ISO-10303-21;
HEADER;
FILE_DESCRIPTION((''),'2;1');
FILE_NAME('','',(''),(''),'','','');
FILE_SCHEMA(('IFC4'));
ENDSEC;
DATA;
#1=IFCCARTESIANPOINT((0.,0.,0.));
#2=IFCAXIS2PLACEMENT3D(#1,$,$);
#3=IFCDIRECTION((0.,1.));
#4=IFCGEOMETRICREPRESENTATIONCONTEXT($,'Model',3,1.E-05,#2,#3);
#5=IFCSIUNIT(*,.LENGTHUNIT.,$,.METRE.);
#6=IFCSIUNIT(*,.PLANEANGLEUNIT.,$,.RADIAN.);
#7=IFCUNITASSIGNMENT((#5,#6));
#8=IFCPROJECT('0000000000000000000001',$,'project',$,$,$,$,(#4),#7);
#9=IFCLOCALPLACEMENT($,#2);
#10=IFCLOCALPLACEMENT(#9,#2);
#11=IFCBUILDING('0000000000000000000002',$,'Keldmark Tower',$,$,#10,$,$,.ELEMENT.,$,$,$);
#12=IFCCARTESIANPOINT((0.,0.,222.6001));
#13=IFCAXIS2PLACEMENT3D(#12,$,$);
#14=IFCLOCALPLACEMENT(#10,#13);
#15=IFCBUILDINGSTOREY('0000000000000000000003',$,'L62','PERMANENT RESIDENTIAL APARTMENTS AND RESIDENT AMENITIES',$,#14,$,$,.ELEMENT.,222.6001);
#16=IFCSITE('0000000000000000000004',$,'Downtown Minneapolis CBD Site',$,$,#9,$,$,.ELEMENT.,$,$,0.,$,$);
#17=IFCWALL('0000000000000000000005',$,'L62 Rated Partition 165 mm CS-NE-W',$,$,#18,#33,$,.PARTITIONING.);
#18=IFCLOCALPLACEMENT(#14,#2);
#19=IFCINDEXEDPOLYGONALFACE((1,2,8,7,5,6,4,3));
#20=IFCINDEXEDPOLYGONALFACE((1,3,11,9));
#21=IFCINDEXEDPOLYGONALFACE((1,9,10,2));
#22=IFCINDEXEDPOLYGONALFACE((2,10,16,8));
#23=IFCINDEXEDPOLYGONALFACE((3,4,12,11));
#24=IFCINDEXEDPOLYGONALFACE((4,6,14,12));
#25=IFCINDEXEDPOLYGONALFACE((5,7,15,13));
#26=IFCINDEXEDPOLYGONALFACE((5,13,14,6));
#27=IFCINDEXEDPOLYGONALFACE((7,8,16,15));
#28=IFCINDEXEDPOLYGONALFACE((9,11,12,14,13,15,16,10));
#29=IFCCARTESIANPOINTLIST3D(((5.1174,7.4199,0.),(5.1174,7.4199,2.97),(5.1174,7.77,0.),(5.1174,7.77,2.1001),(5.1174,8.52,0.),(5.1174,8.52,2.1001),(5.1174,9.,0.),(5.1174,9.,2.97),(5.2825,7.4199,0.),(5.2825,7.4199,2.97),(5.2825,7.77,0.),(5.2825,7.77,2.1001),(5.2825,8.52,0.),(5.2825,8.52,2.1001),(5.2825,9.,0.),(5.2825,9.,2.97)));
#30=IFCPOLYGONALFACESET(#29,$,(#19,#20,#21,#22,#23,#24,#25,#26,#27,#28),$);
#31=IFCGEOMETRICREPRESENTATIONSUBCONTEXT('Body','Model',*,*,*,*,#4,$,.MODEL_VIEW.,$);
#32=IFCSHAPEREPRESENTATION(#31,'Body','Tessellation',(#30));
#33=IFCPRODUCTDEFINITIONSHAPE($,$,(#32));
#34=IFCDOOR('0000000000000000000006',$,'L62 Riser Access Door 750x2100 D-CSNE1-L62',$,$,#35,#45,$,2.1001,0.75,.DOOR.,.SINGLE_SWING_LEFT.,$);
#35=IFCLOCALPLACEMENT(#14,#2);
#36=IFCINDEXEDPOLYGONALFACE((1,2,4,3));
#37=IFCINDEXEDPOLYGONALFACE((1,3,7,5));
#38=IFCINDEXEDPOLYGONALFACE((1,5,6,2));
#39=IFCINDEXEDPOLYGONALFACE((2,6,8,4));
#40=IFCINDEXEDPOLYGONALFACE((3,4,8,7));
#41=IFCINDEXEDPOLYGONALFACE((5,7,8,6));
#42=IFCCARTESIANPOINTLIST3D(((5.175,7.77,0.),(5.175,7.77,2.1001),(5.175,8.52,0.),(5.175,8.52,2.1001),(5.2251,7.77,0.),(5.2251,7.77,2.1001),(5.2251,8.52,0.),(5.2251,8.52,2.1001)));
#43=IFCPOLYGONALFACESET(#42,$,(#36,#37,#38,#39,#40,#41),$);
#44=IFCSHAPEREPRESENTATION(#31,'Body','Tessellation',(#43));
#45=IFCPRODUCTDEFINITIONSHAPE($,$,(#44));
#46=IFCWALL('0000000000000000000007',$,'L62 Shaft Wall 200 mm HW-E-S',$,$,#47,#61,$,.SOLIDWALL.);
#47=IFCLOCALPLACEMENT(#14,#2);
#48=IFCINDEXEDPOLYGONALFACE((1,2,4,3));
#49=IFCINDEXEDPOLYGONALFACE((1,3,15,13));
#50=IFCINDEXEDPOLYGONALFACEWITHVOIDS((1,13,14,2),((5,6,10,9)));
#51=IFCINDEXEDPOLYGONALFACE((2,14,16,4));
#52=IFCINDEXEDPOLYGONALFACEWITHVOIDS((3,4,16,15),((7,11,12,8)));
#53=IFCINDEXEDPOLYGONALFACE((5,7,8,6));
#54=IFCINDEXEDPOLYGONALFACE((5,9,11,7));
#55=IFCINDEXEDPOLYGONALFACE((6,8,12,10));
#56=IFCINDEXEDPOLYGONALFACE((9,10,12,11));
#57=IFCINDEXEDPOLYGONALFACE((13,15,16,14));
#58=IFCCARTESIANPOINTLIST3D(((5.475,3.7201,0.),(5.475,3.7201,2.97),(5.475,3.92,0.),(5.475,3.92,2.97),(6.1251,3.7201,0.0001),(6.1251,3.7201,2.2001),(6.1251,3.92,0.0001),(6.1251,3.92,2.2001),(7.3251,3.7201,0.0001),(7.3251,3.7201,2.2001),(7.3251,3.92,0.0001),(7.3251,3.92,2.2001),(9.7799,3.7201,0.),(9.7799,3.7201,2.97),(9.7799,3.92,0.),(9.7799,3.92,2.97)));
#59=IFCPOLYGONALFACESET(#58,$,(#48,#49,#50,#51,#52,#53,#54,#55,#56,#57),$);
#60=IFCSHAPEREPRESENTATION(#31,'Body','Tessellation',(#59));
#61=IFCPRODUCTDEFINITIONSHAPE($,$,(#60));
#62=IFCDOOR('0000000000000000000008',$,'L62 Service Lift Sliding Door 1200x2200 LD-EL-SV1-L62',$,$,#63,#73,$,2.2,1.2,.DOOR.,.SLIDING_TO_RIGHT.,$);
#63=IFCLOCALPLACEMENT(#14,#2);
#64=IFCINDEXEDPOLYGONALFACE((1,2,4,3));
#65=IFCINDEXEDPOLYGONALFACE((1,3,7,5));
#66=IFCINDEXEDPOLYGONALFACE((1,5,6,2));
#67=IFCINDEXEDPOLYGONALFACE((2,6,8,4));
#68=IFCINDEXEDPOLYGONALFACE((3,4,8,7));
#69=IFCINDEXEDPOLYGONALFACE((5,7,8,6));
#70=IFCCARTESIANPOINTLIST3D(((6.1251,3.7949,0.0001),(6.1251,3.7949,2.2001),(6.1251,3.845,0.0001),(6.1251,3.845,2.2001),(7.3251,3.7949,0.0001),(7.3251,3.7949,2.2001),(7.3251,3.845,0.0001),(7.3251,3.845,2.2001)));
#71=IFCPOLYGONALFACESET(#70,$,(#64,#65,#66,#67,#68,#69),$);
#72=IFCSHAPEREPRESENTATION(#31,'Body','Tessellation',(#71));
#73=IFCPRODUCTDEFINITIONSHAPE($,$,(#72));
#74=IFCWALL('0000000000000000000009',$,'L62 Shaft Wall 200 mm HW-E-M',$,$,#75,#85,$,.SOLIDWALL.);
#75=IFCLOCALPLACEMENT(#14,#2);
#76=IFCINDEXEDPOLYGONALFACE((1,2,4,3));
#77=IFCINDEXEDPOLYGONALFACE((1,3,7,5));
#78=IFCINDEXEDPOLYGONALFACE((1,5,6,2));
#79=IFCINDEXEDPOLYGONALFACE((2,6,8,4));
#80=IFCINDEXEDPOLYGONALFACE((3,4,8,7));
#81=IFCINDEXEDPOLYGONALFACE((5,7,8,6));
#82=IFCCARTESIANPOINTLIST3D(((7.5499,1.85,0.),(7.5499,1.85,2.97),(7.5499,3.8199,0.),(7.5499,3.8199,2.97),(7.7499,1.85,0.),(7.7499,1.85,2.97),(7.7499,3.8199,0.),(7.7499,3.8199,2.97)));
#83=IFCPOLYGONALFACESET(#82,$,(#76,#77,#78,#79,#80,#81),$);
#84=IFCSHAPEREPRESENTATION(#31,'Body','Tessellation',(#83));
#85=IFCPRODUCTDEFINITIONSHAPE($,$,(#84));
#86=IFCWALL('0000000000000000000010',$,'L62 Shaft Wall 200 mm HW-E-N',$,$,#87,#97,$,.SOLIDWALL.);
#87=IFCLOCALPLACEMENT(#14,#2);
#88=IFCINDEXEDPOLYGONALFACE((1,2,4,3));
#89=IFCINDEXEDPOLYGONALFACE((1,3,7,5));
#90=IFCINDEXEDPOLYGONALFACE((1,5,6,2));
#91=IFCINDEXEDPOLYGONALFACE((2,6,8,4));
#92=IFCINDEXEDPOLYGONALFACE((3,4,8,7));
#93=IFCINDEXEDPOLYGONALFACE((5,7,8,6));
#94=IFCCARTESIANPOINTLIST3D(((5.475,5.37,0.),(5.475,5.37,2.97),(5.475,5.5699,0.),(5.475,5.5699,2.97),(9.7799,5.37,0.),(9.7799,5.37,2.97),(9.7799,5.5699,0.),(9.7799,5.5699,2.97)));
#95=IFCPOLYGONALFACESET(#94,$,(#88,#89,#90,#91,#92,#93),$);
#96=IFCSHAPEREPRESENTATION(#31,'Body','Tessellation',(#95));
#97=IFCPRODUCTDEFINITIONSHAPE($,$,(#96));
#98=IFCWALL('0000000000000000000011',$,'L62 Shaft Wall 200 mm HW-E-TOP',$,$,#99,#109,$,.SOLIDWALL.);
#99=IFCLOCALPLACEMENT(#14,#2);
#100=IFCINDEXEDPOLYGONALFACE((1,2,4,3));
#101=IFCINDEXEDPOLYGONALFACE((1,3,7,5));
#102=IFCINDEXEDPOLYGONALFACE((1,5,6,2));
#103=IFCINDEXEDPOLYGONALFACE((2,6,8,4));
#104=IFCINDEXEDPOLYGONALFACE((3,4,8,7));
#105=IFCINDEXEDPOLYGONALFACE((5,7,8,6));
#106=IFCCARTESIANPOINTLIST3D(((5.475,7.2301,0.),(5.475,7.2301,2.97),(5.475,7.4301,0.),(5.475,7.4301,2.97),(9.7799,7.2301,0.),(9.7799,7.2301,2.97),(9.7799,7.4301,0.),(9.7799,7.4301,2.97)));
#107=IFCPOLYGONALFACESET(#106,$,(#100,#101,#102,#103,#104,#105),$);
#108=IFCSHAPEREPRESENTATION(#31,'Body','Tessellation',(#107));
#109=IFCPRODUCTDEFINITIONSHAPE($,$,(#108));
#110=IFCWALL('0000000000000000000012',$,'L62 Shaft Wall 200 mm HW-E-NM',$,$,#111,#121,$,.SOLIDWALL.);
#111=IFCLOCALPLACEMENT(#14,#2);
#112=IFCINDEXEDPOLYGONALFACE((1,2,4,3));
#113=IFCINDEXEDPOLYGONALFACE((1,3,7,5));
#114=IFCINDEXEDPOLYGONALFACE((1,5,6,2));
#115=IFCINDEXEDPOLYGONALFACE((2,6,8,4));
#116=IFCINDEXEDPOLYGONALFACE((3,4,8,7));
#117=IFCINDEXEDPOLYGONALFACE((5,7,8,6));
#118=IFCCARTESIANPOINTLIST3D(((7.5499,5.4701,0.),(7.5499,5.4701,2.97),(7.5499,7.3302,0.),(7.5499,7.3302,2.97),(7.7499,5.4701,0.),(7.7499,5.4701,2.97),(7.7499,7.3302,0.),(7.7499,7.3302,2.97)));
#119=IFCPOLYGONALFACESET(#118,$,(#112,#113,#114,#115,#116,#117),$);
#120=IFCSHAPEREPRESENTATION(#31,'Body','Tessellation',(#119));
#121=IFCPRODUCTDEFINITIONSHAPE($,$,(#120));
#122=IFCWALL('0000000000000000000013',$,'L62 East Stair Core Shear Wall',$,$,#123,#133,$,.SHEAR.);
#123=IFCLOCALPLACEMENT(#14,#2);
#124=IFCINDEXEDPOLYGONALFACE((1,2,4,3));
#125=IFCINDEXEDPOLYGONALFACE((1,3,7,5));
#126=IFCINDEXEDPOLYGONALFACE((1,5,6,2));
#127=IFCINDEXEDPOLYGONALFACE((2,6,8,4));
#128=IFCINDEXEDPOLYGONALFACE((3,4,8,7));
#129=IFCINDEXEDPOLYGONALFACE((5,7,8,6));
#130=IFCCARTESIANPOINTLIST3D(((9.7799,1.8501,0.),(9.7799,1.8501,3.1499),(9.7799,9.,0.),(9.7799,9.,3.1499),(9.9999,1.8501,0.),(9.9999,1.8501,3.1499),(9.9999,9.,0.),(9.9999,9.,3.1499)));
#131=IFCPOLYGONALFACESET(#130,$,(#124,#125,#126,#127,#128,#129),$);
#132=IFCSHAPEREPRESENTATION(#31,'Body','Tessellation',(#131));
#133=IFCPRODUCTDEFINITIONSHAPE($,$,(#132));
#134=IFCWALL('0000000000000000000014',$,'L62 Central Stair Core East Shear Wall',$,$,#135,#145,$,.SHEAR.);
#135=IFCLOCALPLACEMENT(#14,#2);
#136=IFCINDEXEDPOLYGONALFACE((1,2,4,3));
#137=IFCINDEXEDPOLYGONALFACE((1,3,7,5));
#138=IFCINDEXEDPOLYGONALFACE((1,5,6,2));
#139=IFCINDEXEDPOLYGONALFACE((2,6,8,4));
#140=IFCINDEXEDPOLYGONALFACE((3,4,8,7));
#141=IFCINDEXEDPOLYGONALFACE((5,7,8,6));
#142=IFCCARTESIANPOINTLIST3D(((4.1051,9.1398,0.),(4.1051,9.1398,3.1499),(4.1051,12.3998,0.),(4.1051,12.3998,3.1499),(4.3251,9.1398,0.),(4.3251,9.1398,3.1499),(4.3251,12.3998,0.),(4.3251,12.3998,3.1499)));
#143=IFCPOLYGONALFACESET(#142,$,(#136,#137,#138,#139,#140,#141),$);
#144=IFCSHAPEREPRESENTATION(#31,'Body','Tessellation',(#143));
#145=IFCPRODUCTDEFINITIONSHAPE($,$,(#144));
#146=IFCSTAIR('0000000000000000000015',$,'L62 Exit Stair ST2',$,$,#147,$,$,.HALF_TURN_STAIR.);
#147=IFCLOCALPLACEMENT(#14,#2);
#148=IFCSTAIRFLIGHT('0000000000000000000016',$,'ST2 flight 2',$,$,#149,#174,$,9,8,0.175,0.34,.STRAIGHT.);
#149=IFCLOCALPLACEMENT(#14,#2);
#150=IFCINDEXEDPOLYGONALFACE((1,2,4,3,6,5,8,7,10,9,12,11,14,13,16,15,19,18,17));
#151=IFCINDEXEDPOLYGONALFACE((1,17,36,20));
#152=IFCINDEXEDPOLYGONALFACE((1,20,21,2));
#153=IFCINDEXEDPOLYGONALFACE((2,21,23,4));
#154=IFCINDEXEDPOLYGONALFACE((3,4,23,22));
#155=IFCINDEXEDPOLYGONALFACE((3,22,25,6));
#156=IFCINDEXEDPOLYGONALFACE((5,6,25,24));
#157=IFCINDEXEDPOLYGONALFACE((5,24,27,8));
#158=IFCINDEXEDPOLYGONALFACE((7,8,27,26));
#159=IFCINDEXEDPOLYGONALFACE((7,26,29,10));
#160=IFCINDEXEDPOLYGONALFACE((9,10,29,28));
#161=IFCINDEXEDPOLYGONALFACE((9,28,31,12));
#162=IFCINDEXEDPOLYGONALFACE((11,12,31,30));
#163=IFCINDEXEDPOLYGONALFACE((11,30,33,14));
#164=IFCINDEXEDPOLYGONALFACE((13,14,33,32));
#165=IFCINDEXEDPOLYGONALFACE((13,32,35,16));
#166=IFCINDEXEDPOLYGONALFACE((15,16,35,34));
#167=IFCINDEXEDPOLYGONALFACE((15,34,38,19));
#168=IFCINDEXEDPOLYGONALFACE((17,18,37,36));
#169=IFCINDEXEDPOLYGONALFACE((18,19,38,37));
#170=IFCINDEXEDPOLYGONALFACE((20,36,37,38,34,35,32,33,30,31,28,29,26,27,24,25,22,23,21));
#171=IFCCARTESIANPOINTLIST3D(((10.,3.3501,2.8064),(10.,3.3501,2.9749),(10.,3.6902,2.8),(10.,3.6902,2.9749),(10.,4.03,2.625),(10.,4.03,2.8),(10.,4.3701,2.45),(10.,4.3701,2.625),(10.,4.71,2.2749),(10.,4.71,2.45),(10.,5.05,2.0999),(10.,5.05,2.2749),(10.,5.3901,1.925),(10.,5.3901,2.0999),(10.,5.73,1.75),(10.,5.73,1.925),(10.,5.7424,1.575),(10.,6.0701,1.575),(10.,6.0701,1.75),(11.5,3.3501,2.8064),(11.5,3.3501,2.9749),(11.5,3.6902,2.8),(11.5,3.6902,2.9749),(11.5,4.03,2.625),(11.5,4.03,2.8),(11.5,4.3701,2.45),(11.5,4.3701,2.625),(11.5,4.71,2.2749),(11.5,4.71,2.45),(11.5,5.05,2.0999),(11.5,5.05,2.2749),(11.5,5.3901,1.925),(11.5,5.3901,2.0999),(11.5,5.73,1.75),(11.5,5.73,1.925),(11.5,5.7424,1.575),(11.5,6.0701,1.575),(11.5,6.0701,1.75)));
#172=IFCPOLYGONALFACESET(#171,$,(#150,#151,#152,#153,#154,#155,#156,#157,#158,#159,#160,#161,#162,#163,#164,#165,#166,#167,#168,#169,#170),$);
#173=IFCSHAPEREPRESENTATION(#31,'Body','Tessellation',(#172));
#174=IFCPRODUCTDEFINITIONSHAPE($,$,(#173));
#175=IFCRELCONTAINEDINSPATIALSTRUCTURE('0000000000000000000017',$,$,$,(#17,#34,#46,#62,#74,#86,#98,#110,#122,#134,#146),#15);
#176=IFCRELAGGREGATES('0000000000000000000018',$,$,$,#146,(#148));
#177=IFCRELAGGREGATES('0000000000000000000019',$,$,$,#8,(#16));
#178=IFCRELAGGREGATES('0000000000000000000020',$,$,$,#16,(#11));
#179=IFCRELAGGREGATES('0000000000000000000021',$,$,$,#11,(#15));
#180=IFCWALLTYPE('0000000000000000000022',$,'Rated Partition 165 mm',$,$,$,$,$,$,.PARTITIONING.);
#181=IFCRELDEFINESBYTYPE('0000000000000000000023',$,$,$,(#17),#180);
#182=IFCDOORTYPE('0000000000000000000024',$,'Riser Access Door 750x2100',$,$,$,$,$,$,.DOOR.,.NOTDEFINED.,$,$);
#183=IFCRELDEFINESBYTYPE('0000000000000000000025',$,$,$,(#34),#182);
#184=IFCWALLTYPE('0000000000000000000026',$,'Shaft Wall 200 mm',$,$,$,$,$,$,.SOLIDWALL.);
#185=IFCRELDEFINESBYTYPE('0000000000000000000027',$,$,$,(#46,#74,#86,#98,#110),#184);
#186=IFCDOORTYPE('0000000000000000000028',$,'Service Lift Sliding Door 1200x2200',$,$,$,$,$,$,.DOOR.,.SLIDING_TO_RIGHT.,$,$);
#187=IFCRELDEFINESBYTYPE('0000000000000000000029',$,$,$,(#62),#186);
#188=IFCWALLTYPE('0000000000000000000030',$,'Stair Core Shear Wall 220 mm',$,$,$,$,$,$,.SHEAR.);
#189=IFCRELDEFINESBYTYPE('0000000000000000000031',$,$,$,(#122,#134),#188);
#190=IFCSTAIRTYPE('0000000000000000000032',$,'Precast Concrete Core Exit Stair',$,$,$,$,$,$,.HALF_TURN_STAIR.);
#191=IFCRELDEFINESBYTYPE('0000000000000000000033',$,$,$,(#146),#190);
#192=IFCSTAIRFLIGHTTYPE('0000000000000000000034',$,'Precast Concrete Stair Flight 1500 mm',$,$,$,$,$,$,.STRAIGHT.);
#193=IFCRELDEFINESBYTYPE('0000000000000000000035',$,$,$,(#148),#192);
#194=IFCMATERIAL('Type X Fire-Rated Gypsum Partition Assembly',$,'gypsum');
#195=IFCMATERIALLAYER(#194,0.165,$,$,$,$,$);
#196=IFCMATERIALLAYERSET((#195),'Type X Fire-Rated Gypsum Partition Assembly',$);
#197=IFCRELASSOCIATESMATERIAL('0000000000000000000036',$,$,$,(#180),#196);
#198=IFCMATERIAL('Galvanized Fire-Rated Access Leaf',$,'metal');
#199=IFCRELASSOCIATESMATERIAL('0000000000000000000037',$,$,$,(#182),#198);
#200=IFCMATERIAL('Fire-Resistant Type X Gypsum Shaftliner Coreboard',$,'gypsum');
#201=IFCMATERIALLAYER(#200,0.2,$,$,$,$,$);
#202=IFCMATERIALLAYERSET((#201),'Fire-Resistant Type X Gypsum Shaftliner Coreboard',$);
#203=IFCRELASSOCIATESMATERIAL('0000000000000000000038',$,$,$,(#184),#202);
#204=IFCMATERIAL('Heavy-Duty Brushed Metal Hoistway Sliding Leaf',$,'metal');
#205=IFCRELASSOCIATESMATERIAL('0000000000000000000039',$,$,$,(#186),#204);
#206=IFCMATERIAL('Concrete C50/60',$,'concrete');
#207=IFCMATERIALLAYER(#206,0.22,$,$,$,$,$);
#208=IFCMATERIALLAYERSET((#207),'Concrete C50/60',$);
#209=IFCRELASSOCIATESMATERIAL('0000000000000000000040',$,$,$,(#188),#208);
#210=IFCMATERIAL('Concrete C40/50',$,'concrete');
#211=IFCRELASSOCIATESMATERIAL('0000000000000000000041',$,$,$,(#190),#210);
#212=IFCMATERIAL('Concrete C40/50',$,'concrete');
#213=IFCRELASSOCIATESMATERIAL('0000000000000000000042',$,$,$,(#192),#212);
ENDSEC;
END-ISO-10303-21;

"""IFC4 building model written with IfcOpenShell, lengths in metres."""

from ifc_helpers import new_model, si_unit, direction, frame, frame_2d, origin, place, context, subcontext, project, spatial, polyline, rectangle, outline, extrude, material, layer, layer_set, type_object, element, fill, aggregate, save


model = new_model("IFC4")

# Units and contexts
model_context = context("Model", 3, precision=1e-05, world=origin(), true_north=direction((0.0, 1.0)))
body_context = subcontext(model_context, "Body", "Model", "MODEL_VIEW")
ifc_project = project(units=[si_unit("LENGTHUNIT", "METRE"), si_unit("PLANEANGLEUNIT", "RADIAN")], contexts=[model_context])

# Site, building, storey
site_placement = place(None, origin())
site = spatial("IfcSite", under=ifc_project, at=site_placement, Name="Downtown Minneapolis CBD Site", CompositionType="ELEMENT", RefElevation=0.0)
building_placement = place(site_placement, origin())
building = spatial("IfcBuilding", under=site, at=building_placement, Name="Keldmark Tower", CompositionType="ELEMENT")
storey_placement = place(building_placement, frame((0.0, 0.0, 222.6001)))
storey = spatial("IfcBuildingStorey", under=building, at=storey_placement, Name="L62", Description="PERMANENT RESIDENTIAL APARTMENTS AND RESIDENT AMENITIES", CompositionType="ELEMENT", Elevation=222.6001)

# Shared definitions
ifc_material_1 = material(Name="Type X Fire-Rated Gypsum Partition Assembly", Category="gypsum")
ifc_layer_1 = layer(ifc_material_1, 0.165)
ifc_layer_set_1 = layer_set([ifc_layer_1], Name="Type X Fire-Rated Gypsum Partition Assembly")
wall_type_1 = type_object("IfcWallType", Name="Rated Partition 165 mm", PredefinedType="PARTITIONING", material=ifc_layer_set_1)

# Walls, openings, doors
wall_1_placement = place(storey_placement, frame((5.2, 7.4199, 0.0), z_axis=(0.0, 0.0, 1.0), x_axis=(0.0, 1.0, 0.0)))
wall_1 = element("IfcWall", 1, at=wall_1_placement, inside=storey, type_object=wall_type_1, Name="L62 Rated Partition 165 mm CS-NE-W", PredefinedType="PARTITIONING", context=body_context, shape_type="SweptSolid", body=[
    extrude(rectangle(XDim=1.5801, YDim=0.165, at=frame_2d((0.79, 0.0))), origin(), (0.0, 0.0, 1.0), 2.97),
])
opening_1_placement = place(wall_1_placement, frame((0.3501, 0.0, 0.0)))
opening_1 = element("IfcOpeningElement", 2, at=opening_1_placement, cuts=wall_1, PredefinedType="OPENING", context=body_context, shape_type="SweptSolid", body=[
    extrude(rectangle(XDim=0.75, YDim=2.1001, at=frame_2d((0.375, 1.05))), frame((0.0, 0.0925, 0.0), z_axis=(0.0, -1.0, 0.0), x_axis=(1.0, 0.0, 0.0)), (0.0, 0.0, 1.0), 0.1851),
])
ifc_material_2 = material(Name="Galvanized Fire-Rated Access Leaf", Category="metal")
door_type_1 = type_object("IfcDoorType", Name="Riser Access Door 750x2100", OperationType="NOTDEFINED", PredefinedType="DOOR", material=ifc_material_2)
door_1_placement = place(opening_1_placement, origin())
door_1 = element("IfcDoor", 3, at=door_1_placement, inside=storey, type_object=door_type_1, Name="L62 Riser Access Door 750x2100 D-CSNE1-L62", OperationType="SINGLE_SWING_LEFT", OverallHeight=2.1001, OverallWidth=0.75, PredefinedType="DOOR", context=body_context, shape_type="SweptSolid", body=[
    extrude(rectangle(XDim=0.75, YDim=2.1001, at=frame_2d((0.375, 1.05))), frame((0.0, 0.0249, 0.0), z_axis=(0.0, -1.0, 0.0), x_axis=(1.0, 0.0, 0.0)), (0.0, 0.0, 1.0), 0.05),
])
fill(opening_1, door_1)
ifc_material_3 = material(Name="Fire-Resistant Type X Gypsum Shaftliner Coreboard", Category="gypsum")
ifc_layer_2 = layer(ifc_material_3, 0.2)
ifc_layer_set_2 = layer_set([ifc_layer_2], Name="Fire-Resistant Type X Gypsum Shaftliner Coreboard")
wall_type_2 = type_object("IfcWallType", Name="Shaft Wall 200 mm", PredefinedType="SOLIDWALL", material=ifc_layer_set_2)
wall_2_placement = place(storey_placement, frame((5.4751, 3.8201, 0.0), z_axis=(0.0, 0.0, 1.0), x_axis=(1.0, 0.0, 0.0)))
wall_2 = element("IfcWall", 4, at=wall_2_placement, inside=storey, type_object=wall_type_2, Name="L62 Shaft Wall 200 mm HW-E-S", PredefinedType="SOLIDWALL", context=body_context, shape_type="SweptSolid", body=[
    extrude(rectangle(XDim=4.3049, YDim=0.2, at=frame_2d((2.1523, 0.0))), origin(), (0.0, 0.0, 1.0), 2.97),
])
opening_2_placement = place(wall_2_placement, frame((0.6499, 0.0, 0.0)))
opening_2 = element("IfcOpeningElement", 5, at=opening_2_placement, cuts=wall_2, PredefinedType="OPENING", context=body_context, shape_type="SweptSolid", body=[
    extrude(rectangle(XDim=1.2, YDim=2.2, at=frame_2d((0.6001, 1.1001))), frame((0.0, 0.1099, 0.0), z_axis=(0.0, -1.0, 0.0), x_axis=(1.0, 0.0, 0.0)), (0.0, 0.0, 1.0), 0.22),
])
ifc_material_4 = material(Name="Heavy-Duty Brushed Metal Hoistway Sliding Leaf", Category="metal")
door_type_2 = type_object("IfcDoorType", Name="Service Lift Sliding Door 1200x2200", OperationType="SLIDING_TO_RIGHT", PredefinedType="DOOR", material=ifc_material_4)
door_2_placement = place(opening_2_placement, origin())
door_2 = element("IfcDoor", 6, at=door_2_placement, inside=storey, type_object=door_type_2, Name="L62 Service Lift Sliding Door 1200x2200 LD-EL-SV1-L62", OperationType="SLIDING_TO_RIGHT", OverallHeight=2.2, OverallWidth=1.2, PredefinedType="DOOR", context=body_context, shape_type="SweptSolid", body=[
    extrude(rectangle(XDim=1.2, YDim=2.2, at=frame_2d((0.6001, 1.1001))), frame((0.0, 0.0249, 0.0), z_axis=(0.0, -1.0, 0.0), x_axis=(1.0, 0.0, 0.0)), (0.0, 0.0, 1.0), 0.05),
])
fill(opening_2, door_2)

# Walls
wall_3_placement = place(storey_placement, frame((7.6499, 1.8501, 0.0), z_axis=(0.0, 0.0, 1.0), x_axis=(0.0, 1.0, 0.0)))
element("IfcWall", 7, at=wall_3_placement, inside=storey, type_object=wall_type_2, Name="L62 Shaft Wall 200 mm HW-E-M", PredefinedType="SOLIDWALL", context=body_context, shape_type="SweptSolid", body=[
    extrude(rectangle(XDim=1.97, YDim=0.2, at=frame_2d((0.9849, 0.0))), origin(), (0.0, 0.0, 1.0), 2.97),
])
for number, where, z_axis, x_axis, name in (
    (8, (5.4751, 5.47, 0.0), (0.0, 0.0, 1.0), (1.0, 0.0, 0.0), "L62 Shaft Wall 200 mm HW-E-N"),
    (9, (5.4751, 7.3301, 0.0), (0.0, 0.0, 1.0), (1.0, 0.0, 0.0), "L62 Shaft Wall 200 mm HW-E-TOP"),
):
    element("IfcWall", number, at=place(storey_placement, frame(where, z_axis=z_axis, x_axis=x_axis)), inside=storey, type_object=wall_type_2, Name=name, PredefinedType="SOLIDWALL", context=body_context, shape_type="SweptSolid", body=[
        extrude(rectangle(XDim=4.3049, YDim=0.2, at=frame_2d((2.1523, 0.0))), origin(), (0.0, 0.0, 1.0), 2.97),
    ])
wall_4_placement = place(storey_placement, frame((7.6499, 5.47, 0.0), z_axis=(0.0, 0.0, 1.0), x_axis=(0.0, 1.0, 0.0)))
element("IfcWall", 10, at=wall_4_placement, inside=storey, type_object=wall_type_2, Name="L62 Shaft Wall 200 mm HW-E-NM", PredefinedType="SOLIDWALL", context=body_context, shape_type="SweptSolid", body=[
    extrude(rectangle(XDim=1.8601, YDim=0.2, at=frame_2d((0.9302, 0.0))), origin(), (0.0, 0.0, 1.0), 2.97),
])
ifc_material_5 = material(Name="Concrete C50/60", Category="concrete")
ifc_layer_3 = layer(ifc_material_5, 0.22)
ifc_layer_set_3 = layer_set([ifc_layer_3], Name="Concrete C50/60")
wall_type_3 = type_object("IfcWallType", Name="Stair Core Shear Wall 220 mm", PredefinedType="SHEAR", material=ifc_layer_set_3)
wall_5_placement = place(storey_placement, frame((9.8899, 1.8501, 0.0), z_axis=(0.0, 0.0, 1.0), x_axis=(0.0, 1.0, 0.0)))
element("IfcWall", 11, at=wall_5_placement, inside=storey, type_object=wall_type_3, Name="L62 East Stair Core Shear Wall", PredefinedType="SHEAR", context=body_context, shape_type="SweptSolid", body=[
    extrude(rectangle(XDim=7.1499, YDim=0.22, at=frame_2d((3.575, 0.0))), origin(), (0.0, 0.0, 1.0), 3.1499),
])
wall_6_placement = place(storey_placement, frame((4.2151, 9.1399, 0.0), z_axis=(0.0, 0.0, 1.0), x_axis=(0.0, 1.0, 0.0)))
element("IfcWall", 12, at=wall_6_placement, inside=storey, type_object=wall_type_3, Name="L62 Central Stair Core East Shear Wall", PredefinedType="SHEAR", context=body_context, shape_type="SweptSolid", body=[
    extrude(rectangle(XDim=3.26, YDim=0.22, at=frame_2d((1.6299, 0.0))), origin(), (0.0, 0.0, 1.0), 3.1499),
])

# Stair, stair flight
ifc_material_6 = material(Name="Concrete C40/50", Category="concrete")
stair_type = type_object("IfcStairType", Name="Precast Concrete Core Exit Stair", PredefinedType="HALF_TURN_STAIR", material=ifc_material_6)
stair_placement = place(storey_placement, origin())
stair = element("IfcStair", 13, at=stair_placement, inside=storey, type_object=stair_type, Name="L62 Exit Stair ST2", PredefinedType="HALF_TURN_STAIR")
ifc_material_7 = material(Name="Concrete C40/50", Category="concrete")
stair_flight_type = type_object("IfcStairFlightType", Name="Precast Concrete Stair Flight 1500 mm", PredefinedType="STRAIGHT", material=ifc_material_7)
stair_flight_placement = place(storey_placement, frame((10.75, 6.0701, 1.575), z_axis=(0.0, 0.0, 1.0), x_axis=(0.0, -1.0, 0.0)))
stair_flight = element("IfcStairFlight", 14, at=stair_flight_placement, type_object=stair_flight_type, Name="ST2 flight 2", NumberOfRisers=9, NumberOfTreads=8, PredefinedType="STRAIGHT", RiserHeight=0.175, TreadLength=0.34, context=body_context, shape_type="SweptSolid", body=[
    extrude(outline(polyline([(0.0, 0.0), (0.0, 0.175), (0.3401, 0.175), (0.3401, 0.3501), (0.6799, 0.3501), (0.6799, 0.5249), (1.02, 0.5249), (1.02, 0.7), (1.3601, 0.7), (1.3601, 0.875), (1.7, 0.875), (1.7, 1.05), (2.04, 1.05), (2.04, 1.2251), (2.3799, 1.2251), (2.3799, 1.3999), (2.72, 1.3999), (2.72, 1.575), (2.72, 1.2314), (0.3276, 0.0), (0.0, 0.0)])), frame((0.0, 0.75, 0.0), z_axis=(0.0, -1.0, 0.0), x_axis=(1.0, 0.0, 0.0)), (0.0, 0.0, 1.0), 1.5),
])
aggregate(stair, [stair_flight])

save(model, "model.ifc")
